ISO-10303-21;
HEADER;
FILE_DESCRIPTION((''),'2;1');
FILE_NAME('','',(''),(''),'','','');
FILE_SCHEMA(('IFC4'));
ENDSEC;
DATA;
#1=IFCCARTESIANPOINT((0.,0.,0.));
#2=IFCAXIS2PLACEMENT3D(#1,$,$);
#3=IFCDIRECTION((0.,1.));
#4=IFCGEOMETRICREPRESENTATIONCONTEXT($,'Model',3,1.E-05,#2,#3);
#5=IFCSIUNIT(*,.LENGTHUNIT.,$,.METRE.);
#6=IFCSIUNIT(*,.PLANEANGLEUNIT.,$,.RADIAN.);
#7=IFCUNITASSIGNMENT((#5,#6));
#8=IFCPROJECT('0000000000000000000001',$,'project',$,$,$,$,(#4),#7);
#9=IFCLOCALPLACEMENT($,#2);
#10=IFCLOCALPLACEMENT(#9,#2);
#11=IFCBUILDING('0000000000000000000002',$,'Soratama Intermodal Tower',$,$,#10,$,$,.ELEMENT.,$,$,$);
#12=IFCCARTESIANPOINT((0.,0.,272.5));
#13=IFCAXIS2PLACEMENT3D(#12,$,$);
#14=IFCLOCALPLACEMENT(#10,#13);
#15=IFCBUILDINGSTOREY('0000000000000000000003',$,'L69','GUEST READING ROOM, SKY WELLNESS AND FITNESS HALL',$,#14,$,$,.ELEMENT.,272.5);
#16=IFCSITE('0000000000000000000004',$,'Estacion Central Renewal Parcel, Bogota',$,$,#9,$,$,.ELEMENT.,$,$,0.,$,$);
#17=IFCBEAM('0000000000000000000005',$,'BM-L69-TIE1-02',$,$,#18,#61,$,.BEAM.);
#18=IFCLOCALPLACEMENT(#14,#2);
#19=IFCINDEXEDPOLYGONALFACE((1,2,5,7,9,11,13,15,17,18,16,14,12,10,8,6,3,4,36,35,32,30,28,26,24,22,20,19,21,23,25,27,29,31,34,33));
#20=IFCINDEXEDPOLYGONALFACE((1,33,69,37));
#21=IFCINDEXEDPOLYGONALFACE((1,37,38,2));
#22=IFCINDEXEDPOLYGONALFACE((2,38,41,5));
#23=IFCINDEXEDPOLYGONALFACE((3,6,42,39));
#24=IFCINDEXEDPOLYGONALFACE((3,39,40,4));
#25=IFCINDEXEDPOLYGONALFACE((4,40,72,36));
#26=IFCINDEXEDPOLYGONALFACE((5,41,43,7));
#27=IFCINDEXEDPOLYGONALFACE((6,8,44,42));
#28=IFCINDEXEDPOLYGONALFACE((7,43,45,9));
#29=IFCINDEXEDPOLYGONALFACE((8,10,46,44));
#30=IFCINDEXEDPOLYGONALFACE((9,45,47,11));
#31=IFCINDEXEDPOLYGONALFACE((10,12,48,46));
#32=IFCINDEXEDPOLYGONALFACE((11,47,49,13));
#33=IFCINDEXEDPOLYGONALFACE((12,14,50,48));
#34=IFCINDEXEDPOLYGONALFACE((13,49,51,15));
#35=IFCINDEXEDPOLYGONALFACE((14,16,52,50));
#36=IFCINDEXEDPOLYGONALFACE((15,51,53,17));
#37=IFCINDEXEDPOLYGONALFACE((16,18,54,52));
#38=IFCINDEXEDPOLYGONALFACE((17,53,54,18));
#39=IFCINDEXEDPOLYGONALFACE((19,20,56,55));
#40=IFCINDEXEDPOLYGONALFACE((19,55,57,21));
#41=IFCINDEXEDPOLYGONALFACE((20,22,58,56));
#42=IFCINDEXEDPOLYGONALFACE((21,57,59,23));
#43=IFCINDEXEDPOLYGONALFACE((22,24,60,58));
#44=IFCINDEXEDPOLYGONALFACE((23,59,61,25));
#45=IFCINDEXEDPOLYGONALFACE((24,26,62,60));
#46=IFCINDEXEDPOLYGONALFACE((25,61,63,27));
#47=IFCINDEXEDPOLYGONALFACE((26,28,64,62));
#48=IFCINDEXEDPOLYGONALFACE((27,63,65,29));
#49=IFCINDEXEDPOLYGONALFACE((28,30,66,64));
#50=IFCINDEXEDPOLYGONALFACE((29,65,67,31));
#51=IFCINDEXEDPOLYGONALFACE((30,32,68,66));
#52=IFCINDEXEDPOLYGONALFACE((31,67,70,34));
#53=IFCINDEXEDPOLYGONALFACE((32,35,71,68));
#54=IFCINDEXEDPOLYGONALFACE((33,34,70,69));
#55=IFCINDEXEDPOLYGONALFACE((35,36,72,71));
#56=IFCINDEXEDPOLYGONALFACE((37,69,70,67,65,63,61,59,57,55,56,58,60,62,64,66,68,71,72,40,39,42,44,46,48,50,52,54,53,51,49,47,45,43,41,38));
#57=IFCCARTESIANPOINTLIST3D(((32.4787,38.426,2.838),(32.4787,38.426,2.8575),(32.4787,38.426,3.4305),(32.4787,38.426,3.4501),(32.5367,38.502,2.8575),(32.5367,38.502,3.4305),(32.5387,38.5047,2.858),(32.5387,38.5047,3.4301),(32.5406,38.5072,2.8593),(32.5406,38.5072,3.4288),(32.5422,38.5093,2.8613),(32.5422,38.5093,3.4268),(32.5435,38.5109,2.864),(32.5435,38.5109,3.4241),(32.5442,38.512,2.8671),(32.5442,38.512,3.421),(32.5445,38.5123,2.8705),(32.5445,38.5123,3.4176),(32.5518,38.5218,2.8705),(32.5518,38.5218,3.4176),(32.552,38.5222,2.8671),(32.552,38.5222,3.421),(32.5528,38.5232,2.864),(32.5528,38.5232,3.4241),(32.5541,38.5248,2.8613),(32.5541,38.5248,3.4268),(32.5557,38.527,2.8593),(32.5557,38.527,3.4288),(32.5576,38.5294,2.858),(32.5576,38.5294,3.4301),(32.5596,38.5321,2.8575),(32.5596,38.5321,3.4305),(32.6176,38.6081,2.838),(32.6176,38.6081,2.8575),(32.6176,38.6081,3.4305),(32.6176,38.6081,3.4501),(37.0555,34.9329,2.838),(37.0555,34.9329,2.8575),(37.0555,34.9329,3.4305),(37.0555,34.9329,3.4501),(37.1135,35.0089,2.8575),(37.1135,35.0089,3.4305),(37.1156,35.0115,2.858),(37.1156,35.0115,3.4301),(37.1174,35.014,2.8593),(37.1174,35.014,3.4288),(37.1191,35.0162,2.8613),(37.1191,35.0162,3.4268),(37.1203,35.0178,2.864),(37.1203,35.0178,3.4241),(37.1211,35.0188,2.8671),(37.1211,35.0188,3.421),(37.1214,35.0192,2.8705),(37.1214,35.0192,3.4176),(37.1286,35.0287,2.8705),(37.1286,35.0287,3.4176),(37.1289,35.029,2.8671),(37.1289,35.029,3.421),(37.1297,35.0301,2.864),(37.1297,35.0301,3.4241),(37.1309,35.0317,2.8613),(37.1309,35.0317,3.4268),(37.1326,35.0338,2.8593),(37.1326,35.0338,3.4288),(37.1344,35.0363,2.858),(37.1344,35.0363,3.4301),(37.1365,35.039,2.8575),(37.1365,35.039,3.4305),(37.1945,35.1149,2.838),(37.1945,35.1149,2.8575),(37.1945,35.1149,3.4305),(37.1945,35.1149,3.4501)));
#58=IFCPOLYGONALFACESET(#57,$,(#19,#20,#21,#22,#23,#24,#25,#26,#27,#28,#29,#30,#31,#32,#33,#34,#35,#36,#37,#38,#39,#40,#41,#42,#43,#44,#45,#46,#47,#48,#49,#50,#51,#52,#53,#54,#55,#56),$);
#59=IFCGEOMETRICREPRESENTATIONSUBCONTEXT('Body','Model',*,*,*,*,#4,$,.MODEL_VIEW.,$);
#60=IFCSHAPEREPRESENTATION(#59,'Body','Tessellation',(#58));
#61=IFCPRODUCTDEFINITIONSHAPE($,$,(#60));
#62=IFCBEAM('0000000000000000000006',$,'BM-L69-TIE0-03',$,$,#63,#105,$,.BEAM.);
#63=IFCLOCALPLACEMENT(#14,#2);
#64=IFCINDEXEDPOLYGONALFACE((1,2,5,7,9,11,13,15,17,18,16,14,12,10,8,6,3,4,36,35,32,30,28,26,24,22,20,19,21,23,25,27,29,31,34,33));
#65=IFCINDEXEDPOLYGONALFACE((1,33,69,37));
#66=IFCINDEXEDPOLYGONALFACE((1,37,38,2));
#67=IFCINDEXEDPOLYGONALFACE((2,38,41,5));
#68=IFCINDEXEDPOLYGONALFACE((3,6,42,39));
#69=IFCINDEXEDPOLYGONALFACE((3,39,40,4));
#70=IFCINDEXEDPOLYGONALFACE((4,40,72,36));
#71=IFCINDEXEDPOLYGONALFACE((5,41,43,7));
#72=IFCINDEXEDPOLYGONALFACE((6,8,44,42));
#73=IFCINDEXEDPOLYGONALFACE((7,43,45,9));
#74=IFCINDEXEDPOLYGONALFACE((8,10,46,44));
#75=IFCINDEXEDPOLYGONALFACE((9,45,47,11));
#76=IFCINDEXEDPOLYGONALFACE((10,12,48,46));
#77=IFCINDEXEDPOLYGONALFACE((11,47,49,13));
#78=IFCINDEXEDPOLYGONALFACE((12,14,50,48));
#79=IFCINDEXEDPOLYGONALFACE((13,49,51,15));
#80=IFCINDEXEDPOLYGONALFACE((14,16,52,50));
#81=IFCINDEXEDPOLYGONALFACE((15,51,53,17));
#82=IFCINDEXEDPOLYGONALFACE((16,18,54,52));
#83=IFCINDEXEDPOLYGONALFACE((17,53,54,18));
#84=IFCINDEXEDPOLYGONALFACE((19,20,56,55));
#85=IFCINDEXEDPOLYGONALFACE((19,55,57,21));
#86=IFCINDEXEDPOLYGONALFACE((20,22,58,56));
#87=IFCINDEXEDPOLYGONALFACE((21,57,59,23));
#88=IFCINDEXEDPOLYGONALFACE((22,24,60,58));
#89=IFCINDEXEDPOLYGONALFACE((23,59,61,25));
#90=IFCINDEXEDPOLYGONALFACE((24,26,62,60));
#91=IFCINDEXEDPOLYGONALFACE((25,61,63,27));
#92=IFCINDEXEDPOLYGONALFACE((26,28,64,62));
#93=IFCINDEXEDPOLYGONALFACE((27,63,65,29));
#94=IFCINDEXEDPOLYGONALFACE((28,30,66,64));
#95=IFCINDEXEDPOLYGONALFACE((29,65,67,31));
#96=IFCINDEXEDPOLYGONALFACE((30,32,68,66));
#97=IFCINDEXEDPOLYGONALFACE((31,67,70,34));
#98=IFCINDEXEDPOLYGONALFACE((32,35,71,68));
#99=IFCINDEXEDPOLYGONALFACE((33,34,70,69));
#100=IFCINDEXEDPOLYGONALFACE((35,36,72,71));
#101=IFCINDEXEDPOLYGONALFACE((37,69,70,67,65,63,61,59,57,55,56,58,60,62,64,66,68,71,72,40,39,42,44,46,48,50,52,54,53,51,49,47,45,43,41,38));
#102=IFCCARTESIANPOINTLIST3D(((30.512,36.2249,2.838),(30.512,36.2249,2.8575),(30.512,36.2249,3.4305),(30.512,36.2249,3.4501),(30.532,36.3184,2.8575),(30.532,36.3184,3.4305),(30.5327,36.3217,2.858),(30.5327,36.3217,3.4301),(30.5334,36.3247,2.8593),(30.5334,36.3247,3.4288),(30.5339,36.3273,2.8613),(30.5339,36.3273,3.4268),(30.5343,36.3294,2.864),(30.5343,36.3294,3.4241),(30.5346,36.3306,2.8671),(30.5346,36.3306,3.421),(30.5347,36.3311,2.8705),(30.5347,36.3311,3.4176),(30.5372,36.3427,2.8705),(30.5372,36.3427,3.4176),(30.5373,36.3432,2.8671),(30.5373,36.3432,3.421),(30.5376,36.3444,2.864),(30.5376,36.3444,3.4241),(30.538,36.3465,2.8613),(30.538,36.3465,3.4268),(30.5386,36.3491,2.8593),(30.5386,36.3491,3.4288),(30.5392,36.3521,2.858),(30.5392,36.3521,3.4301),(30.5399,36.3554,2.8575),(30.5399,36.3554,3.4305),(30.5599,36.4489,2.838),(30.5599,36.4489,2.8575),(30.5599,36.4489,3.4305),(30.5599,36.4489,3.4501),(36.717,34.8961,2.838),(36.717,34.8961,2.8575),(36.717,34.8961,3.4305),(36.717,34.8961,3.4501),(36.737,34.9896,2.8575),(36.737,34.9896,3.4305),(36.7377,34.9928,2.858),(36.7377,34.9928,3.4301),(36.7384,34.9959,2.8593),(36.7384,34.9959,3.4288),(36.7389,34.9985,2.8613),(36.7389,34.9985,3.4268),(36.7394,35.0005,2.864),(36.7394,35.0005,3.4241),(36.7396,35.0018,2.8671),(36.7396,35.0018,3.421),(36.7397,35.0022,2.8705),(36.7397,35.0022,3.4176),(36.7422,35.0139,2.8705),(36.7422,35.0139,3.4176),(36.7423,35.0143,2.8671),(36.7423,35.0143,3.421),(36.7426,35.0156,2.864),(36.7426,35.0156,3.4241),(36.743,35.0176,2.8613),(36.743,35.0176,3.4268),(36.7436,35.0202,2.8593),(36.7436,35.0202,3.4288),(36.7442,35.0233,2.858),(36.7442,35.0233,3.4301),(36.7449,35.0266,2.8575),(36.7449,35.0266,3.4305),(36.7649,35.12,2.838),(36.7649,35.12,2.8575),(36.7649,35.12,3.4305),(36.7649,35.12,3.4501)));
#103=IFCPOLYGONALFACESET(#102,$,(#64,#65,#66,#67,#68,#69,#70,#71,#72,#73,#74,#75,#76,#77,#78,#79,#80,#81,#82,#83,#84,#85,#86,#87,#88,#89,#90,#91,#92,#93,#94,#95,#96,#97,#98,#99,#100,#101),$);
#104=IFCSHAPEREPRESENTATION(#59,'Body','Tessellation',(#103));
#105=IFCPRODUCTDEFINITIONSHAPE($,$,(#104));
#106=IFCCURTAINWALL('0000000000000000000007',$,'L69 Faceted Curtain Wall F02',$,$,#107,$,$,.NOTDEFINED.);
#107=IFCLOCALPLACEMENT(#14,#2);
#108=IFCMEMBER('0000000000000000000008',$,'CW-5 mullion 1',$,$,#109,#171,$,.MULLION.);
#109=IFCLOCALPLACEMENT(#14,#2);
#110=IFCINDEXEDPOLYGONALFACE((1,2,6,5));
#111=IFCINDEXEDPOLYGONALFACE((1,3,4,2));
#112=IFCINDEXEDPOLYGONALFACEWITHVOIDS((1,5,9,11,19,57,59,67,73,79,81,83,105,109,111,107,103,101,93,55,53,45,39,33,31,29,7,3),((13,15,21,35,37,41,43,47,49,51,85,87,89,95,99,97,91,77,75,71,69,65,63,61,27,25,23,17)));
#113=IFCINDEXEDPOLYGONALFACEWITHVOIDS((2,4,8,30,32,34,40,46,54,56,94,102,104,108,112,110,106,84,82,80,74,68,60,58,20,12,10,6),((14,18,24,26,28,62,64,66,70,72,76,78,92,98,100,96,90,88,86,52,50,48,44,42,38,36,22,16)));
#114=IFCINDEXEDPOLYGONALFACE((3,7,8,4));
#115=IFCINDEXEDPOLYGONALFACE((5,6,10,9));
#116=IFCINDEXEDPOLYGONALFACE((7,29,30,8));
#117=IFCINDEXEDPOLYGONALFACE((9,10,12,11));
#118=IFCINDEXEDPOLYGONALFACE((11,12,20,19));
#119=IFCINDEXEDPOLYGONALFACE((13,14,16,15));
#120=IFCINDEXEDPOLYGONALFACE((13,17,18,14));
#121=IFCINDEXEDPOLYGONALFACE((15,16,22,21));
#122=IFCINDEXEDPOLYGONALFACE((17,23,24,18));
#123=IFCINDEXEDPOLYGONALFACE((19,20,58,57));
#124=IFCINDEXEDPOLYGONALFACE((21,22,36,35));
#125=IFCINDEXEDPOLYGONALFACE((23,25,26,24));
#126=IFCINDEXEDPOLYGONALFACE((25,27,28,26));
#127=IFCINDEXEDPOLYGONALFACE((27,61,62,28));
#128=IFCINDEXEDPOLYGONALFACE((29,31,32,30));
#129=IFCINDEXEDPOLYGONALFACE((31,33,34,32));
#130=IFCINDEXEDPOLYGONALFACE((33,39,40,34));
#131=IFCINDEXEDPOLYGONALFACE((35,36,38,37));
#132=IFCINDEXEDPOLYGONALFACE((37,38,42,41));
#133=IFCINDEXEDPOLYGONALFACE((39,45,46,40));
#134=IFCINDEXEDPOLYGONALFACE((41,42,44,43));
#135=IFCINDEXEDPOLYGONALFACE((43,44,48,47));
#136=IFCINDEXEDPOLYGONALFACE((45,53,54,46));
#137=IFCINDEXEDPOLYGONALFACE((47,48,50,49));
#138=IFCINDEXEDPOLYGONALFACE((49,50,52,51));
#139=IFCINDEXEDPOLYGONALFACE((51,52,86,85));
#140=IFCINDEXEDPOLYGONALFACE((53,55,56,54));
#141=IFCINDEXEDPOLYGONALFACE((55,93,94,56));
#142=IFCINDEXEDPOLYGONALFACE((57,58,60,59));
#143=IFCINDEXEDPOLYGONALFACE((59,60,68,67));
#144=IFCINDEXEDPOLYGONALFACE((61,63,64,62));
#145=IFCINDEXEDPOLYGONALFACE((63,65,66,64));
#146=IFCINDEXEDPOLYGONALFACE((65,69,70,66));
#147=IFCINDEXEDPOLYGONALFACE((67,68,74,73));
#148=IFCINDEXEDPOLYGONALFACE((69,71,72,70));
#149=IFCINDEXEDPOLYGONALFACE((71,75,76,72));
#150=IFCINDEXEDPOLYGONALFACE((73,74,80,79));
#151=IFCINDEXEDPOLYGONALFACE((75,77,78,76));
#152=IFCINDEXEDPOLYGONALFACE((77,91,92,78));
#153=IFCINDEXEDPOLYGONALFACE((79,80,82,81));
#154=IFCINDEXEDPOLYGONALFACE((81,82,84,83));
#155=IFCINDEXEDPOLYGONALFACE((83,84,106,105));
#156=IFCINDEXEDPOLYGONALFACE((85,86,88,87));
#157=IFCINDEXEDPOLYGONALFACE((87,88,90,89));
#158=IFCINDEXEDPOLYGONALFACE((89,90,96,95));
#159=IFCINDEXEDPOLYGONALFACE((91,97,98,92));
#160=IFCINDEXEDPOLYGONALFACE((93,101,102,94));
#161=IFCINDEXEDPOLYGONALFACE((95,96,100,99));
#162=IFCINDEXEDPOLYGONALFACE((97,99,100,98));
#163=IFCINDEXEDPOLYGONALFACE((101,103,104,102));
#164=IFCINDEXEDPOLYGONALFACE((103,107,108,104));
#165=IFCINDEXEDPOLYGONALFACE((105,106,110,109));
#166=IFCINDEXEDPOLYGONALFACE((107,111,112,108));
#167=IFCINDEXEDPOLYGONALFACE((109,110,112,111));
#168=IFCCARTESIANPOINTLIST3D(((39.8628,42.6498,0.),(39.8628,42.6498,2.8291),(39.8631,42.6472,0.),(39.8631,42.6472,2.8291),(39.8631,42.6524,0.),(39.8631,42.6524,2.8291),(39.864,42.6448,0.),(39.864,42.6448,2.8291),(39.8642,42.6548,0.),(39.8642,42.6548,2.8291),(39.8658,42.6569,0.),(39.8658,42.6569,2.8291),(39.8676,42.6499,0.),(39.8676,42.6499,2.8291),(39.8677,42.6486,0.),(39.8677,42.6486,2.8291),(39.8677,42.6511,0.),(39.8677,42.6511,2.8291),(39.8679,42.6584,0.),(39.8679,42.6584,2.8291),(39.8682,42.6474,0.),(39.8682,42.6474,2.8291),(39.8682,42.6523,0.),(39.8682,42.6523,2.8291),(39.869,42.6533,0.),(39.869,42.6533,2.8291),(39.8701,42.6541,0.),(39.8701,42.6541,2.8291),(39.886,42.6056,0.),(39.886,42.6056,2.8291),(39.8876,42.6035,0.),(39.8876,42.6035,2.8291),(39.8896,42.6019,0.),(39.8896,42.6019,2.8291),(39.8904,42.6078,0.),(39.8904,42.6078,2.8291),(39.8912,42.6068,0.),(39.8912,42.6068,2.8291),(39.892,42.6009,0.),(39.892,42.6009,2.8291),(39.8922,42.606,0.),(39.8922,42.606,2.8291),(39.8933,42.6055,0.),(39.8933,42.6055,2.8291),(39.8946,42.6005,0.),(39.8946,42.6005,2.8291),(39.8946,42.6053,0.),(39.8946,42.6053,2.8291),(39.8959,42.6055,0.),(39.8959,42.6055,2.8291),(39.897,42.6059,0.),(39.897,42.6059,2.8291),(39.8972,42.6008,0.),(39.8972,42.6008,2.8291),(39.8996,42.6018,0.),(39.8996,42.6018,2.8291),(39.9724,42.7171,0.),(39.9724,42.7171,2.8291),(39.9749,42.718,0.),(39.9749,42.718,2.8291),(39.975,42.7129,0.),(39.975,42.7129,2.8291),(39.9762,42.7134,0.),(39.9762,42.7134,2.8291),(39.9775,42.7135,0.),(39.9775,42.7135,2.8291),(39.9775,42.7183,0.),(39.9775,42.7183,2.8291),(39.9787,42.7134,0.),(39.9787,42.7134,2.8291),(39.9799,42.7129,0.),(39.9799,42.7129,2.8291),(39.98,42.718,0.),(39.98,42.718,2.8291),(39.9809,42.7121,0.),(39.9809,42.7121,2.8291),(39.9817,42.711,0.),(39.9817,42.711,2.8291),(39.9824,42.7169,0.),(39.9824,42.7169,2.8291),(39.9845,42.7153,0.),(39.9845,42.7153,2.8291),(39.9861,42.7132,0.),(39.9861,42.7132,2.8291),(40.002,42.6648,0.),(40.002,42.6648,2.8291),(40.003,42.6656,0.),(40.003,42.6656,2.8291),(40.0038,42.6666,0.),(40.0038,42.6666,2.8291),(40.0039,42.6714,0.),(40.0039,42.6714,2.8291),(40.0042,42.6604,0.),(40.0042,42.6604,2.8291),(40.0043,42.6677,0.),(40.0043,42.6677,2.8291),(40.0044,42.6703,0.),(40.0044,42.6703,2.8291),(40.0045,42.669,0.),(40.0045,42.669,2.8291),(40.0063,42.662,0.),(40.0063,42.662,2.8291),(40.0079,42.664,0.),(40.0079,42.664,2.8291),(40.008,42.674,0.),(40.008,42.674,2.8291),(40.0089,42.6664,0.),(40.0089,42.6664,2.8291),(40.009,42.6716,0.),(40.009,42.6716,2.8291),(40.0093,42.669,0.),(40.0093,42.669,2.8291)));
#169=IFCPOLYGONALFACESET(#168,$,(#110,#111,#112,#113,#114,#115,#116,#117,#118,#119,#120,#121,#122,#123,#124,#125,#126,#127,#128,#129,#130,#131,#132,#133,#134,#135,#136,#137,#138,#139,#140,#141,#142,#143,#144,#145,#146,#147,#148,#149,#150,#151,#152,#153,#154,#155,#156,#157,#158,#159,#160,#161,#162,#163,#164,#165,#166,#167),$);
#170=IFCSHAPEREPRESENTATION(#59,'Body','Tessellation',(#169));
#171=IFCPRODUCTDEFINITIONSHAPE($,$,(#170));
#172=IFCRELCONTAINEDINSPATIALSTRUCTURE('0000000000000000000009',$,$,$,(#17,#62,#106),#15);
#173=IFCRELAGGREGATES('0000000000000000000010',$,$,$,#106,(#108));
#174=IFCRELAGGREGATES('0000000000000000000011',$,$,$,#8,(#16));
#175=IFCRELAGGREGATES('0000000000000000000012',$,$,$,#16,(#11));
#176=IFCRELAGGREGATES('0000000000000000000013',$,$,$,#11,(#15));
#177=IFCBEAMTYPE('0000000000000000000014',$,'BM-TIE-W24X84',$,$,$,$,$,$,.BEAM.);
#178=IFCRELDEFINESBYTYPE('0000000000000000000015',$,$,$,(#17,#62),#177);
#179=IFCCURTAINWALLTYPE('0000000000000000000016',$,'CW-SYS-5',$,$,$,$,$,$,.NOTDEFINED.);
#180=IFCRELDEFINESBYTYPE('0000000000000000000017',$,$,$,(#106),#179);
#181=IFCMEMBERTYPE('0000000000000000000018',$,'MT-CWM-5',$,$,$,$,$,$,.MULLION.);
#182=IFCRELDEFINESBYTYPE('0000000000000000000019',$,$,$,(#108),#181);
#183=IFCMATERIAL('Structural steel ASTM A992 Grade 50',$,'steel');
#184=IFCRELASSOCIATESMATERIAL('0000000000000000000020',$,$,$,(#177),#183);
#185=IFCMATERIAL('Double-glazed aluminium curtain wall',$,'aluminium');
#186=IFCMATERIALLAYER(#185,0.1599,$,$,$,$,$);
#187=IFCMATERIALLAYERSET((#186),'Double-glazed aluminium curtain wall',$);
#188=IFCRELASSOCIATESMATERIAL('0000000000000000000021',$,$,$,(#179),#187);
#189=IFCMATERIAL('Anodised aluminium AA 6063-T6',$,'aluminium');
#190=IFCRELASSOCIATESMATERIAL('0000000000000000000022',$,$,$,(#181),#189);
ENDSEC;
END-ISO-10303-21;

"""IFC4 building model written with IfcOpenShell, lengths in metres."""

from ifc_helpers import new_model, si_unit, direction, frame, origin, origin_2d, place, context, subcontext, project, spatial, hollow_rectangle, i_section, extrude, material, layer, layer_set, material_profile, profile_set, type_object, element, aggregate, save


model = new_model("IFC4")

# Units and contexts
model_context = context("Model", 3, precision=1e-05, world=origin(), true_north=direction((0.0, 1.0)))
body_context = subcontext(model_context, "Body", "Model", "MODEL_VIEW")
ifc_project = project(units=[si_unit("LENGTHUNIT", "METRE"), si_unit("PLANEANGLEUNIT", "RADIAN")], contexts=[model_context])

# Site, building, storey
site_placement = place(None, origin())
site = spatial("IfcSite", under=ifc_project, at=site_placement, Name="Estacion Central Renewal Parcel, Bogota", CompositionType="ELEMENT", RefElevation=0.0)
building_placement = place(site_placement, origin())
building = spatial("IfcBuilding", under=site, at=building_placement, Name="Soratama Intermodal Tower", CompositionType="ELEMENT")
storey_placement = place(building_placement, frame((0.0, 0.0, 272.5)))
storey = spatial("IfcBuildingStorey", under=building, at=storey_placement, Name="L69", Description="GUEST READING ROOM, SKY WELLNESS AND FITNESS HALL", CompositionType="ELEMENT", Elevation=272.5)

# Beams
ifc_material_1 = material(Name="Structural steel ASTM A992 Grade 50", Category="steel")
ifc_material_profile_1 = material_profile(ifc_material_1, i_section(OverallWidth=0.229, OverallDepth=0.6121, WebThickness=0.012, FlangeThickness=0.0195, FilletRadius=0.0129, at=origin_2d()), Name="W24X84")
ifc_profile_set_1 = profile_set([ifc_material_profile_1], Name="Structural steel ASTM A992 Grade 50")
beam_type_1 = type_object("IfcBeamType", Name="BM-TIE-W24X84", PredefinedType="BEAM", material=ifc_profile_set_1)
beam_1_placement = place(storey_placement, frame((37.125, 35.0239, 3.144), z_axis=(-0.794929, 0.606702, 0.0), x_axis=(-0.606702, -0.794929, 0.0)))
element("IfcBeam", 1, at=beam_1_placement, inside=storey, type_object=beam_type_1, Name="BM-L69-TIE1-02", PredefinedType="BEAM", context=body_context, shape_type="SweptSolid", body=[
    extrude(i_section(OverallWidth=0.229, OverallDepth=0.6121, WebThickness=0.012, FlangeThickness=0.0195, FilletRadius=0.0129, at=origin_2d()), origin(), (0.0, 0.0, 1.0), 5.7576),
])
beam_2_placement = place(storey_placement, frame((36.741, 35.0081, 3.144), z_axis=(-0.977828, 0.209408, 0.0), x_axis=(-0.209408, -0.977828, 0.0)))
element("IfcBeam", 2, at=beam_2_placement, inside=storey, type_object=beam_type_1, Name="BM-L69-TIE0-03", PredefinedType="BEAM", context=body_context, shape_type="SweptSolid", body=[
    extrude(i_section(OverallWidth=0.229, OverallDepth=0.6121, WebThickness=0.012, FlangeThickness=0.0195, FilletRadius=0.0129, at=origin_2d()), origin(), (0.0, 0.0, 1.0), 6.3457),
])

# Curtain wall, member
ifc_material_2 = material(Name="Double-glazed aluminium curtain wall", Category="aluminium")
ifc_layer_1 = layer(ifc_material_2, 0.1599)
ifc_layer_set_1 = layer_set([ifc_layer_1], Name="Double-glazed aluminium curtain wall")
curtain_wall_type = type_object("IfcCurtainWallType", Name="CW-SYS-5", PredefinedType="NOTDEFINED", material=ifc_layer_set_1)
curtain_wall_placement = place(storey_placement, origin())
curtain_wall = element("IfcCurtainWall", 3, at=curtain_wall_placement, inside=storey, type_object=curtain_wall_type, Name="L69 Faceted Curtain Wall F02", PredefinedType="NOTDEFINED")
ifc_material_3 = material(Name="Anodised aluminium AA 6063-T6", Category="aluminium")
ifc_material_profile_2 = material_profile(ifc_material_3, hollow_rectangle(XDim=0.0649, YDim=0.1399, WallThickness=0.0049, InnerFilletRadius=0.0049, OuterFilletRadius=0.01, at=origin_2d()), Name="CWM140X65X5")
ifc_profile_set_2 = profile_set([ifc_material_profile_2], Name="Anodised aluminium AA 6063-T6")
member_type_1 = type_object("IfcMemberType", Name="MT-CWM-5", PredefinedType="MULLION", material=ifc_profile_set_2)
member_1_placement = place(storey_placement, frame((39.936, 42.6594, 0.0), z_axis=(0.0, 0.0, 1.0), x_axis=(0.489079, -0.872239, 0.0)))
member_1 = element("IfcMember", 4, at=member_1_placement, type_object=member_type_1, Name="CW-5 mullion 1", PredefinedType="MULLION", context=body_context, shape_type="SweptSolid", body=[
    extrude(hollow_rectangle(XDim=0.0649, YDim=0.1399, WallThickness=0.0049, InnerFilletRadius=0.0049, OuterFilletRadius=0.01, at=origin_2d()), origin(), (0.0, 0.0, 1.0), 2.8291),
])
aggregate(curtain_wall, [member_1])

save(model, "model.ifc")
